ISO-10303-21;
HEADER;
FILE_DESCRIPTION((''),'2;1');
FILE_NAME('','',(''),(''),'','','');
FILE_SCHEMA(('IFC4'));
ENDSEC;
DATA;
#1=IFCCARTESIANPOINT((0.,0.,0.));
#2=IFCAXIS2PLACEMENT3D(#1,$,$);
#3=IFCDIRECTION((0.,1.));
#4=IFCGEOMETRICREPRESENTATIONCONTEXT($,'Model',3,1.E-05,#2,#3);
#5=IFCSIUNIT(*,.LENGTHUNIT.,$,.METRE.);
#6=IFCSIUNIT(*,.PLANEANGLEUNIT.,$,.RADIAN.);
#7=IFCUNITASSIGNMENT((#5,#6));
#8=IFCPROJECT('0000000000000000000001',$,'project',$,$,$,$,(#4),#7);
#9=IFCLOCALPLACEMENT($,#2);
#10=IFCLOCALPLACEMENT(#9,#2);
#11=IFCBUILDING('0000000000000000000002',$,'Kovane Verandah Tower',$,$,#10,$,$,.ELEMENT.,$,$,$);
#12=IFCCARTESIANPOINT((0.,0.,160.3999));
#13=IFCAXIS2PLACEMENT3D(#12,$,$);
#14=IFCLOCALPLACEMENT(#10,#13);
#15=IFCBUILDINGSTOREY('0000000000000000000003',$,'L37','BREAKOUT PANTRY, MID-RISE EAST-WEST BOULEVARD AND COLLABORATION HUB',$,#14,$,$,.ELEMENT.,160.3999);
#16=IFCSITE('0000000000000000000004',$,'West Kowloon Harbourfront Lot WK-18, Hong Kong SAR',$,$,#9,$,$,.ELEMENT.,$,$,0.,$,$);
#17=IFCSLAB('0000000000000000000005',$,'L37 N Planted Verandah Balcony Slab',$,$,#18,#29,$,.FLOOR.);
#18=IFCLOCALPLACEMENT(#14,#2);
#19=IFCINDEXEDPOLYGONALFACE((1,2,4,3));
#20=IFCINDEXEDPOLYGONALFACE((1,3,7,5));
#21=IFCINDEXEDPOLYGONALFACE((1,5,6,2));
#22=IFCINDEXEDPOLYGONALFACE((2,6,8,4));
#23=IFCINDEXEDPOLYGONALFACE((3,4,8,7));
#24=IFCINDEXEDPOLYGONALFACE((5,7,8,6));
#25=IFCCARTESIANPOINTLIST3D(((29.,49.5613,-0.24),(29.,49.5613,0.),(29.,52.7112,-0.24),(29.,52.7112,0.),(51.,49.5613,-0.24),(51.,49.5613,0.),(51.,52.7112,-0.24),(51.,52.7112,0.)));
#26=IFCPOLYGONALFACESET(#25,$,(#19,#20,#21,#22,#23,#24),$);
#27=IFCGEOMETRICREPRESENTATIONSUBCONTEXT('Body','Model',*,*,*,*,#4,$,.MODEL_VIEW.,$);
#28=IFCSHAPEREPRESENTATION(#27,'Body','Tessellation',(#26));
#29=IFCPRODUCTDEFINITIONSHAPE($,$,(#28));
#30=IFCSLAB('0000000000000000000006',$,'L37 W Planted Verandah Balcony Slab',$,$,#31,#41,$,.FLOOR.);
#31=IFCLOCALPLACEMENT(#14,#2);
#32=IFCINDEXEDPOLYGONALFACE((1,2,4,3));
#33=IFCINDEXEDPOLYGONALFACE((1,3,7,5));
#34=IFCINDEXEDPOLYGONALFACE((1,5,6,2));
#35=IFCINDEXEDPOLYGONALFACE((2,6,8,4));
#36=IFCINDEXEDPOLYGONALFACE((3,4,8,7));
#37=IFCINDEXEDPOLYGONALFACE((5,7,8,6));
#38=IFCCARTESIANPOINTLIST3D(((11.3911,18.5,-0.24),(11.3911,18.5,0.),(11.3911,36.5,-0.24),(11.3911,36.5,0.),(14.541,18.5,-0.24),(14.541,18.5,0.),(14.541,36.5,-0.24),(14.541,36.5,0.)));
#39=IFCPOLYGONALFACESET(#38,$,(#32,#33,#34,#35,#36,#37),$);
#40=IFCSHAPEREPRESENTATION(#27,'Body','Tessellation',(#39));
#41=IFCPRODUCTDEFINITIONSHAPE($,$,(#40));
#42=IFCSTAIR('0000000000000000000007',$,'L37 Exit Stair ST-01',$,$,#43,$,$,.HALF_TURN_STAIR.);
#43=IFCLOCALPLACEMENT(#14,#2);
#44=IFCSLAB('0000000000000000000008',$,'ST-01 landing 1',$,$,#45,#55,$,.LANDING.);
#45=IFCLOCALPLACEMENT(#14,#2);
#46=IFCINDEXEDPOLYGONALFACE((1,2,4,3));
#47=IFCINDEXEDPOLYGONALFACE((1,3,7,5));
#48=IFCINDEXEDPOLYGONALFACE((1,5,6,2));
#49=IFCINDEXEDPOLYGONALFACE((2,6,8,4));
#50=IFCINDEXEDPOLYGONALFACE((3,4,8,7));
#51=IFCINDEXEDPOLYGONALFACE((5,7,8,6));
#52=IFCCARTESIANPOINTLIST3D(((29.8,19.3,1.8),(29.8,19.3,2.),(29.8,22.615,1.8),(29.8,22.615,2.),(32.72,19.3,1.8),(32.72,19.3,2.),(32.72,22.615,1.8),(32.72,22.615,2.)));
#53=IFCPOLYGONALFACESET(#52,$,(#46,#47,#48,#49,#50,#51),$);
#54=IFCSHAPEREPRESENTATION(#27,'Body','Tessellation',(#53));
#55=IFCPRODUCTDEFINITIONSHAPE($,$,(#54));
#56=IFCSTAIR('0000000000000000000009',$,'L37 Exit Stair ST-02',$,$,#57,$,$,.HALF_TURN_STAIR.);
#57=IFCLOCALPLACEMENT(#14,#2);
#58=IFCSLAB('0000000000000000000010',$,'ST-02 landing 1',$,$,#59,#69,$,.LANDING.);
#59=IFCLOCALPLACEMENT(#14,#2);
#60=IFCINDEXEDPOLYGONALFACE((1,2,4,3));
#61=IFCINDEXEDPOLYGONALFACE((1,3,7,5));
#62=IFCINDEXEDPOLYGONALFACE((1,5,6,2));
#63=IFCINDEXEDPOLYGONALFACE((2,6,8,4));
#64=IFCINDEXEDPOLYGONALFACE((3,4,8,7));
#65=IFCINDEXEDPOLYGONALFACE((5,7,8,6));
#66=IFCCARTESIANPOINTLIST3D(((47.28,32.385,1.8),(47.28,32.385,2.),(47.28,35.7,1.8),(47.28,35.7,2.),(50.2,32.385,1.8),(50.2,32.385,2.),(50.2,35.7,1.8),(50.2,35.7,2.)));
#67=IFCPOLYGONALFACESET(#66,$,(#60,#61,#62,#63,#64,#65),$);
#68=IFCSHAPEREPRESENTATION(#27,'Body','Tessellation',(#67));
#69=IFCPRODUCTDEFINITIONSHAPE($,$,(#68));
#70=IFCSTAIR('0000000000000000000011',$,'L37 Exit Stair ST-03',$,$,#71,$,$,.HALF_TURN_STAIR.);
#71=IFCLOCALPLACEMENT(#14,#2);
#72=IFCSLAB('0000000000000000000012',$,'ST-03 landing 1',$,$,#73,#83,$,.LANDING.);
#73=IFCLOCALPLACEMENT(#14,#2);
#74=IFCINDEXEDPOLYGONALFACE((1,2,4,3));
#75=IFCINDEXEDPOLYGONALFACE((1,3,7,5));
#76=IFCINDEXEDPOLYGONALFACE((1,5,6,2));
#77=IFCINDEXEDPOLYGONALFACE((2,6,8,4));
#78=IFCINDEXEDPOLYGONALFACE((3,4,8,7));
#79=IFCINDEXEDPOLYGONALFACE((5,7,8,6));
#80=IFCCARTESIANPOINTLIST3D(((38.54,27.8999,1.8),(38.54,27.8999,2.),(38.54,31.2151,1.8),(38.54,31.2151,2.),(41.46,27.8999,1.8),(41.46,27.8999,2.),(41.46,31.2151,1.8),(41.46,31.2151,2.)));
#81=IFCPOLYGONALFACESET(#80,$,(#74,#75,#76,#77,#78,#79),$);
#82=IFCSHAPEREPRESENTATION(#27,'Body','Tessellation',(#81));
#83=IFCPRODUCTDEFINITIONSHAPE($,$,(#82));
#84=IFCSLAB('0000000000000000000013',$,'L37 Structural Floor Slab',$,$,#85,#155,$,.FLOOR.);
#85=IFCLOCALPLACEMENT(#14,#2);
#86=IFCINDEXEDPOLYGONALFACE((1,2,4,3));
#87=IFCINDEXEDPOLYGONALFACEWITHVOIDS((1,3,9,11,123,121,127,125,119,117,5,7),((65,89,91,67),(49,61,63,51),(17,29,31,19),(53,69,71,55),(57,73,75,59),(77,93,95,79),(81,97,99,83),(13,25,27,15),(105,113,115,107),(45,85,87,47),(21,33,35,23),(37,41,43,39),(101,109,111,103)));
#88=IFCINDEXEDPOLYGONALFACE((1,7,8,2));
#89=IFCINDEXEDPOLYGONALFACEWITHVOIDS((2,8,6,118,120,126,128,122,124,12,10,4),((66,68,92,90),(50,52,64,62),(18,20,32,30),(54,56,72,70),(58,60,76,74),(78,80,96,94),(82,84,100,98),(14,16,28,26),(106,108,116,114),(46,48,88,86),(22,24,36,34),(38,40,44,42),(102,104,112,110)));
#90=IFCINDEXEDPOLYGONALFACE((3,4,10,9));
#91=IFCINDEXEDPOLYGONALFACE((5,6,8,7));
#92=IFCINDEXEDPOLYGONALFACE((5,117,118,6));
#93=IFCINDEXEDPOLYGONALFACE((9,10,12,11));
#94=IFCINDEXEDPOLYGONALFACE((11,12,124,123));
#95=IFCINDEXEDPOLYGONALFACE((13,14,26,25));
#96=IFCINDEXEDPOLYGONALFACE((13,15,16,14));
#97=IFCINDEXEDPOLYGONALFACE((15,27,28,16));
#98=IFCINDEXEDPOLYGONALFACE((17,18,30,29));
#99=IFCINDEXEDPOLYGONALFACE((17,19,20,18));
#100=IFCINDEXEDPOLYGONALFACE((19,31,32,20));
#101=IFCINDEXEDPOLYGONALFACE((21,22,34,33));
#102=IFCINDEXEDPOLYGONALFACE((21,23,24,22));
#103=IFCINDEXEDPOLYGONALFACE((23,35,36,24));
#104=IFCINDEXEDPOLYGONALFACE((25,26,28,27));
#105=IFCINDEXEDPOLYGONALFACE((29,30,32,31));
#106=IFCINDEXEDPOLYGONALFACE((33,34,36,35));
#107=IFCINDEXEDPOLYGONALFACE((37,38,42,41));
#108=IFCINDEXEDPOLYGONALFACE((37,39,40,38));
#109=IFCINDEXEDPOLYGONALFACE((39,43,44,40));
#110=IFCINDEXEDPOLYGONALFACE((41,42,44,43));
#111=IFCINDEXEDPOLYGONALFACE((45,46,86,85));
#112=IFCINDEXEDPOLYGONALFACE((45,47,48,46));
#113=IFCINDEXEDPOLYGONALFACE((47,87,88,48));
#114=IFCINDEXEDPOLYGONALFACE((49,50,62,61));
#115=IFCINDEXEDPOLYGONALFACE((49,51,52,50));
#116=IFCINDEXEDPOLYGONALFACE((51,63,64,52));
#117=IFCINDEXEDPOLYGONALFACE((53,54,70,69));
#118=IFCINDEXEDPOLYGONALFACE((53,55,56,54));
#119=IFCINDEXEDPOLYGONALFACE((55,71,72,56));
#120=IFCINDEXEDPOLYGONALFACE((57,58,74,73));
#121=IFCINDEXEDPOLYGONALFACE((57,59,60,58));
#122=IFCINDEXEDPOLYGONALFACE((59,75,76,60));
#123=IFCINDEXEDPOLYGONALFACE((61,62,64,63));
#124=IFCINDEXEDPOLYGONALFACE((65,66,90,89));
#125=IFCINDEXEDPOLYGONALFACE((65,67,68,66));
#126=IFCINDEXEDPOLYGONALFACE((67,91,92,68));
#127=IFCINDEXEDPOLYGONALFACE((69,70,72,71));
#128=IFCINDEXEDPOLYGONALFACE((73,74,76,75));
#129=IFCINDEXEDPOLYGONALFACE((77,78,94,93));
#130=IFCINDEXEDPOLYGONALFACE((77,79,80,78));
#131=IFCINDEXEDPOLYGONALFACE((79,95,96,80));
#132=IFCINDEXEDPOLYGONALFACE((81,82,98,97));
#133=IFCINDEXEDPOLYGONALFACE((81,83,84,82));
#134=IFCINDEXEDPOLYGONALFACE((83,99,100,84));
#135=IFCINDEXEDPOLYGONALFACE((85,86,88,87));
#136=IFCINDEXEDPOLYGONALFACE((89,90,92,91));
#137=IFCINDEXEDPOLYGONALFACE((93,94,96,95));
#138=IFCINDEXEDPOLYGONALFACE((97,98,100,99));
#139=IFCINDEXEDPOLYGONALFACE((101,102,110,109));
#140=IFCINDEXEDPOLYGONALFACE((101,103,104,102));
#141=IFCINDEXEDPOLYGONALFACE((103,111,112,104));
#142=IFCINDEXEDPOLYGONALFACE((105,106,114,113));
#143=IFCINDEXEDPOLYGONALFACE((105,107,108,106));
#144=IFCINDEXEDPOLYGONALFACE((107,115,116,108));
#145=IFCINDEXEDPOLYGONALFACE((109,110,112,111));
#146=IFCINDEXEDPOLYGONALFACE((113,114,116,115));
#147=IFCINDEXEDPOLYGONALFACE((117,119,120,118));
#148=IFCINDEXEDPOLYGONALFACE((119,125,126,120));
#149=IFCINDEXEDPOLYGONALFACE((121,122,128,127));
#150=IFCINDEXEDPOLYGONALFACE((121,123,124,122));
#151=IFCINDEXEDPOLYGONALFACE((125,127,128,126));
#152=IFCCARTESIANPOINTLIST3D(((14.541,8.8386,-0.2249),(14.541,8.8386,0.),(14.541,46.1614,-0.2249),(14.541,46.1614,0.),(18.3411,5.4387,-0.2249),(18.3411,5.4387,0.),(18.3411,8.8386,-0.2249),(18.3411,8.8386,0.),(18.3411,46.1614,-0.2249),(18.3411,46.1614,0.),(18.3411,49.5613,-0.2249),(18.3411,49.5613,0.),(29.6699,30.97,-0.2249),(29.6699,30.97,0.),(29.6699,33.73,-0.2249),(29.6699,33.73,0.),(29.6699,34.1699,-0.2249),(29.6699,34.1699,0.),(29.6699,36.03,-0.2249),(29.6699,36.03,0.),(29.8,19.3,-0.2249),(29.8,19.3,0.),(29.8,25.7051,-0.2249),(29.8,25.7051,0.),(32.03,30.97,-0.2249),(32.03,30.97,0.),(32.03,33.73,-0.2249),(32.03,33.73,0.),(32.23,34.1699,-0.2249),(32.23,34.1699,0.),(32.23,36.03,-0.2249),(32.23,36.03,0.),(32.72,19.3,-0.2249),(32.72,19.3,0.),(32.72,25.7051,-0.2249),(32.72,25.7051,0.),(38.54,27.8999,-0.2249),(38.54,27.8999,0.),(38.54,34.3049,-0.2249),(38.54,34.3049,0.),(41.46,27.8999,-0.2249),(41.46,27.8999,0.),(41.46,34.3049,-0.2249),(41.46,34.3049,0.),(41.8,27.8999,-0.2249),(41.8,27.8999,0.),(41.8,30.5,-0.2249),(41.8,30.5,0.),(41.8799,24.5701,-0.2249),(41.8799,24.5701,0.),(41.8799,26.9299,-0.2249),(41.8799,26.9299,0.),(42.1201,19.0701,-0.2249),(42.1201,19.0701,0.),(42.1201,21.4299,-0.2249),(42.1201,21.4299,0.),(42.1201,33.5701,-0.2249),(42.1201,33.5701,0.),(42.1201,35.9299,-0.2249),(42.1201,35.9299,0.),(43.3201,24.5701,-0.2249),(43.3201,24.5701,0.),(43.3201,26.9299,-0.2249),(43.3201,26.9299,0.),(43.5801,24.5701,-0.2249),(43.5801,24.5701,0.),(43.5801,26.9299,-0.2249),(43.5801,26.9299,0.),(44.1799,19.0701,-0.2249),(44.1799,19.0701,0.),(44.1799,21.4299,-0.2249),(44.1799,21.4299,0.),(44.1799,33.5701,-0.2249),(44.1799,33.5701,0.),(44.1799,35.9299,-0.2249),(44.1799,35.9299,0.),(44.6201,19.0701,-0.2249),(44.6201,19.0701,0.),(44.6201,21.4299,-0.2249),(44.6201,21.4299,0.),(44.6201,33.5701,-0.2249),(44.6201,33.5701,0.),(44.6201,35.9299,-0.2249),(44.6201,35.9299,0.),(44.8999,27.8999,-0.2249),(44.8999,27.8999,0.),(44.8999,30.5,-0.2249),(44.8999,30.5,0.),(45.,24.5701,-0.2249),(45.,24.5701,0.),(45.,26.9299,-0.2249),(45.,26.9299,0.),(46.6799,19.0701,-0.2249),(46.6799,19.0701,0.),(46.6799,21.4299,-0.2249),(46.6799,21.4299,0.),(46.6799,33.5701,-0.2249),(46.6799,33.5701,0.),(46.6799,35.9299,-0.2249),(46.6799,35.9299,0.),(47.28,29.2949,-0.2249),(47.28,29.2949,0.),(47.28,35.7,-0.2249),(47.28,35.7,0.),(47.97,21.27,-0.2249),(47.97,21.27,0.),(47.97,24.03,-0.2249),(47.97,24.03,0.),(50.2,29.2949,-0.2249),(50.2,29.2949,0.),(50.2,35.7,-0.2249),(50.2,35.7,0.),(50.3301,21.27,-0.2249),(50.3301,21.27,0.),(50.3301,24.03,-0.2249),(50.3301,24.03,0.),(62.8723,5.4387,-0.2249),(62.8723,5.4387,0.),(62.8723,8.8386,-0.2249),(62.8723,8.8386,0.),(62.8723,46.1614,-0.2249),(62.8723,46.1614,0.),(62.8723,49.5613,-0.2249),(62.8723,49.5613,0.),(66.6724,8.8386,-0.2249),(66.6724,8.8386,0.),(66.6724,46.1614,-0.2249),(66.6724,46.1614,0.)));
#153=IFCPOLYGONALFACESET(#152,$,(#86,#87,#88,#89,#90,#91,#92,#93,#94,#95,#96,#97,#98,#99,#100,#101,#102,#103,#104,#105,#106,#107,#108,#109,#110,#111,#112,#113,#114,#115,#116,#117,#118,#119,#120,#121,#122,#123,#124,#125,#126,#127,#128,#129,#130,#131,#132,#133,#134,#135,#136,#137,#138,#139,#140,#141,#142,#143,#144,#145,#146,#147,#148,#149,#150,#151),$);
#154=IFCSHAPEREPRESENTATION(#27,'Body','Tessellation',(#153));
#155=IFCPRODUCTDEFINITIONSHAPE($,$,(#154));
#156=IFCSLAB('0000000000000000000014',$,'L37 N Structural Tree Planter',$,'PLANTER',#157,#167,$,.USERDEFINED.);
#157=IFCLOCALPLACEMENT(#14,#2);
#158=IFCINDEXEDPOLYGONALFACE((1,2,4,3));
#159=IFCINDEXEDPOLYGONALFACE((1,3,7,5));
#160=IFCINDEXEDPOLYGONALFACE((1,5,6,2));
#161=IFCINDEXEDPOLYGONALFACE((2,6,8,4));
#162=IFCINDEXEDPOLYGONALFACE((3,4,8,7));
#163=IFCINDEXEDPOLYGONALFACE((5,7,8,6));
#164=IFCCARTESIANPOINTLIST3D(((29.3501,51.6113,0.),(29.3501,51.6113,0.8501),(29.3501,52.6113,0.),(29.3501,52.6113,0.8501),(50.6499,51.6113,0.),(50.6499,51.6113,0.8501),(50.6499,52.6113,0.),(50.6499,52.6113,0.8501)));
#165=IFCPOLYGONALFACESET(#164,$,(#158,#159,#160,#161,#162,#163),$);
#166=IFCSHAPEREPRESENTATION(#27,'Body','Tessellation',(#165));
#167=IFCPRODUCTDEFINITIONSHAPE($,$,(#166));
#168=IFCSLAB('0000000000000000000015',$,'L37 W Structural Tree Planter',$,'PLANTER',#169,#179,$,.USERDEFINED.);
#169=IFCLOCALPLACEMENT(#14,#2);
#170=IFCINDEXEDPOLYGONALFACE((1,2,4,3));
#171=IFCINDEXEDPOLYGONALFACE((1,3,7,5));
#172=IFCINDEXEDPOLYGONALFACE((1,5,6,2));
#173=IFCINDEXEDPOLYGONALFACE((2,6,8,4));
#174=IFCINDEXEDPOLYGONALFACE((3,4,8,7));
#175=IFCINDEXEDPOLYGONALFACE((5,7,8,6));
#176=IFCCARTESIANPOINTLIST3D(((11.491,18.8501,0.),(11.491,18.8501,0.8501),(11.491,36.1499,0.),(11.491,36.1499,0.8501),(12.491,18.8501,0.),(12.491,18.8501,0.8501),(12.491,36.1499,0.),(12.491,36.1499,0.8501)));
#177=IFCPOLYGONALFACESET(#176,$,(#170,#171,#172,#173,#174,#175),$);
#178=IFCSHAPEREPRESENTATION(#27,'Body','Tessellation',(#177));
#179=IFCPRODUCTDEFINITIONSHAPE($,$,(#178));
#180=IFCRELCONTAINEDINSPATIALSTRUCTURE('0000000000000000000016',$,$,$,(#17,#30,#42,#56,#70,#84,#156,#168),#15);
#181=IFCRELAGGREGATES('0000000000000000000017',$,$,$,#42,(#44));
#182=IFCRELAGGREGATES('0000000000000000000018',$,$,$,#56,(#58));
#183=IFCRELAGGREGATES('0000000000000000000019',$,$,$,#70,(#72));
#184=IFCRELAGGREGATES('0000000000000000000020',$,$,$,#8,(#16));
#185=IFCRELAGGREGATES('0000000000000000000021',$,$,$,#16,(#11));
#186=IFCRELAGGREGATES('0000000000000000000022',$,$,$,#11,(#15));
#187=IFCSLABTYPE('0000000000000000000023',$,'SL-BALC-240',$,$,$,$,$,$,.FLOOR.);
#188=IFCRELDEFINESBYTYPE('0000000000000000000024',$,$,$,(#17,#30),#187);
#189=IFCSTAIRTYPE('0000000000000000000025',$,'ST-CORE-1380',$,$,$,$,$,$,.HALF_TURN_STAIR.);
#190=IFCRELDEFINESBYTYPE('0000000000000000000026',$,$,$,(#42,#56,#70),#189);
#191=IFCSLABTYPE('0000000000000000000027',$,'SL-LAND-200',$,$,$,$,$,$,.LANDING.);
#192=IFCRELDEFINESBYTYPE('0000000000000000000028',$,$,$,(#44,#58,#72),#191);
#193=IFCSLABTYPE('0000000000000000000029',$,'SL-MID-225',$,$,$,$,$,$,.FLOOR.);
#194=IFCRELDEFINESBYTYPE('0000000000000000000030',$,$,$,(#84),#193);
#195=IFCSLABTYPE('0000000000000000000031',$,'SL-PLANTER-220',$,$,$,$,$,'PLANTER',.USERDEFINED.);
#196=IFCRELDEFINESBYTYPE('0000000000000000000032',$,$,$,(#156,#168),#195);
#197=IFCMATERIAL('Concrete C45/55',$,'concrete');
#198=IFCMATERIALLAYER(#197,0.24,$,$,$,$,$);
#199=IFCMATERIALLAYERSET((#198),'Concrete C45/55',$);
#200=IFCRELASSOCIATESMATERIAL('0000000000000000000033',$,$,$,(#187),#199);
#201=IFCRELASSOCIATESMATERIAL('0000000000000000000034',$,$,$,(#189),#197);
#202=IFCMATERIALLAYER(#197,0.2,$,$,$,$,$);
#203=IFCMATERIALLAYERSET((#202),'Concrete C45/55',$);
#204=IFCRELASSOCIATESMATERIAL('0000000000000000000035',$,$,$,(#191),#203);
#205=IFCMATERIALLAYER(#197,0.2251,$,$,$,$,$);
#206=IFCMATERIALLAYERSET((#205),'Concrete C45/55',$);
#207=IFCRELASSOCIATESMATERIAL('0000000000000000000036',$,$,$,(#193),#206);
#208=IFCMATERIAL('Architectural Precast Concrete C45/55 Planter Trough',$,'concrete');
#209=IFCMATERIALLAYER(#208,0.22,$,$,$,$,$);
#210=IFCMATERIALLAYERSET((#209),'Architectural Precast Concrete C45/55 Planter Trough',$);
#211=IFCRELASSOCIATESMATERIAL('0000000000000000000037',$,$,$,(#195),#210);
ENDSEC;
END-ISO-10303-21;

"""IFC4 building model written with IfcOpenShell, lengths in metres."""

from ifc_helpers import new_model, si_unit, direction, frame, origin, place, context, subcontext, project, spatial, polyline, outline, extrude, material, layer, layer_set, type_object, element, aggregate, save


model = new_model("IFC4")

# Units and contexts
model_context = context("Model", 3, precision=1e-05, world=origin(), true_north=direction((0.0, 1.0)))
body_context = subcontext(model_context, "Body", "Model", "MODEL_VIEW")
ifc_project = project(units=[si_unit("LENGTHUNIT", "METRE"), si_unit("PLANEANGLEUNIT", "RADIAN")], contexts=[model_context])

# Site, building, storey
site_placement = place(None, origin())
site = spatial("IfcSite", under=ifc_project, at=site_placement, Name="West Kowloon Harbourfront Lot WK-18, Hong Kong SAR", CompositionType="ELEMENT", RefElevation=0.0)
building_placement = place(site_placement, origin())
building = spatial("IfcBuilding", under=site, at=building_placement, Name="Kovane Verandah Tower", CompositionType="ELEMENT")
storey_placement = place(building_placement, frame((0.0, 0.0, 160.3999)))
storey = spatial("IfcBuildingStorey", under=building, at=storey_placement, Name="L37", Description="BREAKOUT PANTRY, MID-RISE EAST-WEST BOULEVARD AND COLLABORATION HUB", CompositionType="ELEMENT", Elevation=160.3999)

# Slabs
ifc_material_1 = material(Name="Concrete C45/55", Category="concrete")
ifc_layer_1 = layer(ifc_material_1, 0.24)
ifc_layer_set_1 = layer_set([ifc_layer_1], Name="Concrete C45/55")
slab_type_1 = type_object("IfcSlabType", Name="SL-BALC-240", PredefinedType="FLOOR", material=ifc_layer_set_1)
slab_1_placement = place(storey_placement, frame((0.0, 0.0, -0.24)))
element("IfcSlab", 1, at=slab_1_placement, inside=storey, type_object=slab_type_1, Name="L37 N Planted Verandah Balcony Slab", PredefinedType="FLOOR", context=body_context, shape_type="SweptSolid", body=[
    extrude(outline(polyline([(29.0, 49.5613), (51.0, 49.5613), (51.0, 52.7112), (29.0, 52.7112), (29.0, 49.5613)])), origin(), (0.0, 0.0, 1.0), 0.24),
])
slab_2_placement = place(storey_placement, frame((0.0, 0.0, -0.24)))
element("IfcSlab", 2, at=slab_2_placement, inside=storey, type_object=slab_type_1, Name="L37 W Planted Verandah Balcony Slab", PredefinedType="FLOOR", context=body_context, shape_type="SweptSolid", body=[
    extrude(outline(polyline([(11.3911, 18.5), (14.541, 18.5), (14.541, 36.5), (11.3911, 36.5), (11.3911, 18.5)])), origin(), (0.0, 0.0, 1.0), 0.24),
])

# Stairs, slabs
stair_type = type_object("IfcStairType", Name="ST-CORE-1380", PredefinedType="HALF_TURN_STAIR", material=ifc_material_1)
stair_1_placement = place(storey_placement, origin())
stair_1 = element("IfcStair", 3, at=stair_1_placement, inside=storey, type_object=stair_type, Name="L37 Exit Stair ST-01", PredefinedType="HALF_TURN_STAIR")
ifc_layer_2 = layer(ifc_material_1, 0.2)
ifc_layer_set_2 = layer_set([ifc_layer_2], Name="Concrete C45/55")
slab_type_2 = type_object("IfcSlabType", Name="SL-LAND-200", PredefinedType="LANDING", material=ifc_layer_set_2)
slab_3_placement = place(storey_placement, frame((0.0, 0.0, 1.8)))
slab_3 = element("IfcSlab", 4, at=slab_3_placement, type_object=slab_type_2, Name="ST-01 landing 1", PredefinedType="LANDING", context=body_context, shape_type="SweptSolid", body=[
    extrude(outline(polyline([(29.8, 22.615), (29.8, 19.3), (32.72, 19.3), (32.72, 22.615), (29.8, 22.615)])), origin(), (0.0, 0.0, 1.0), 0.2),
])
aggregate(stair_1, [slab_3])
stair_2_placement = place(storey_placement, origin())
stair_2 = element("IfcStair", 5, at=stair_2_placement, inside=storey, type_object=stair_type, Name="L37 Exit Stair ST-02", PredefinedType="HALF_TURN_STAIR")
slab_4_placement = place(storey_placement, frame((0.0, 0.0, 1.8)))
slab_4 = element("IfcSlab", 6, at=slab_4_placement, type_object=slab_type_2, Name="ST-02 landing 1", PredefinedType="LANDING", context=body_context, shape_type="SweptSolid", body=[
    extrude(outline(polyline([(50.2, 32.385), (50.2, 35.7), (47.28, 35.7), (47.28, 32.385), (50.2, 32.385)])), origin(), (0.0, 0.0, 1.0), 0.2),
])
aggregate(stair_2, [slab_4])
stair_3_placement = place(storey_placement, origin())
stair_3 = element("IfcStair", 7, at=stair_3_placement, inside=storey, type_object=stair_type, Name="L37 Exit Stair ST-03", PredefinedType="HALF_TURN_STAIR")
slab_5_placement = place(storey_placement, frame((0.0, 0.0, 1.8)))
slab_5 = element("IfcSlab", 8, at=slab_5_placement, type_object=slab_type_2, Name="ST-03 landing 1", PredefinedType="LANDING", context=body_context, shape_type="SweptSolid", body=[
    extrude(outline(polyline([(38.54, 31.2151), (38.54, 27.8999), (41.46, 27.8999), (41.46, 31.2151), (38.54, 31.2151)])), origin(), (0.0, 0.0, 1.0), 0.2),
])
aggregate(stair_3, [slab_5])

# Slabs
ifc_layer_3 = layer(ifc_material_1, 0.2251)
ifc_layer_set_3 = layer_set([ifc_layer_3], Name="Concrete C45/55")
slab_type_3 = type_object("IfcSlabType", Name="SL-MID-225", PredefinedType="FLOOR", material=ifc_layer_set_3)
slab_6_placement = place(storey_placement, frame((0.0, 0.0, -0.2249)))
element("IfcSlab", 9, at=slab_6_placement, inside=storey, type_object=slab_type_3, Name="L37 Structural Floor Slab", PredefinedType="FLOOR", context=body_context, shape_type="SweptSolid", body=[
    extrude(outline(polyline([(18.3411, 5.4387), (62.8723, 5.4387), (62.8723, 8.8386), (66.6724, 8.8386), (66.6724, 46.1614), (62.8723, 46.1614), (62.8723, 49.5613), (18.3411, 49.5613), (18.3411, 46.1614), (14.541, 46.1614), (14.541, 8.8386), (18.3411, 8.8386), (18.3411, 5.4387)]), holes=[polyline([(29.8, 19.3), (32.72, 19.3), (32.72, 25.7051), (29.8, 25.7051), (29.8, 19.3)]), polyline([(47.28, 29.2949), (50.2, 29.2949), (50.2, 35.7), (47.28, 35.7), (47.28, 29.2949)]), polyline([(38.54, 27.8999), (41.46, 27.8999), (41.46, 34.3049), (38.54, 34.3049), (38.54, 27.8999)]), polyline([(29.6699, 30.97), (32.03, 30.97), (32.03, 33.73), (29.6699, 33.73), (29.6699, 30.97)]), polyline([(47.97, 21.27), (50.3301, 21.27), (50.3301, 24.03), (47.97, 24.03), (47.97, 21.27)]), polyline([(29.6699, 34.1699), (32.23, 34.1699), (32.23, 36.03), (29.6699, 36.03), (29.6699, 34.1699)]), polyline([(42.1201, 19.0701), (44.1799, 19.0701), (44.1799, 21.4299), (42.1201, 21.4299), (42.1201, 19.0701)]), polyline([(44.6201, 19.0701), (46.6799, 19.0701), (46.6799, 21.4299), (44.6201, 21.4299), (44.6201, 19.0701)]), polyline([(41.8799, 24.5701), (43.3201, 24.5701), (43.3201, 26.9299), (41.8799, 26.9299), (41.8799, 24.5701)]), polyline([(43.5801, 24.5701), (45.0, 24.5701), (45.0, 26.9299), (43.5801, 26.9299), (43.5801, 24.5701)]), polyline([(42.1201, 33.5701), (44.1799, 33.5701), (44.1799, 35.9299), (42.1201, 35.9299), (42.1201, 33.5701)]), polyline([(44.6201, 33.5701), (46.6799, 33.5701), (46.6799, 35.9299), (44.6201, 35.9299), (44.6201, 33.5701)]), polyline([(41.8, 27.8999), (44.8999, 27.8999), (44.8999, 30.5), (41.8, 30.5), (41.8, 27.8999)])]), origin(), (0.0, 0.0, 1.0), 0.2249),
])
ifc_material_2 = material(Name="Architectural Precast Concrete C45/55 Planter Trough", Category="concrete")
ifc_layer_4 = layer(ifc_material_2, 0.22)
ifc_layer_set_4 = layer_set([ifc_layer_4], Name="Architectural Precast Concrete C45/55 Planter Trough")
slab_type_4 = type_object("IfcSlabType", Name="SL-PLANTER-220", ElementType="PLANTER", PredefinedType="USERDEFINED", material=ifc_layer_set_4)
slab_7_placement = place(storey_placement, origin())
element("IfcSlab", 10, at=slab_7_placement, inside=storey, type_object=slab_type_4, Name="L37 N Structural Tree Planter", ObjectType="PLANTER", PredefinedType="USERDEFINED", context=body_context, shape_type="SweptSolid", body=[
    extrude(outline(polyline([(29.3501, 51.6113), (50.6499, 51.6113), (50.6499, 52.6113), (29.3501, 52.6113), (29.3501, 51.6113)])), origin(), (0.0, 0.0, 1.0), 0.8501),
])
slab_8_placement = place(storey_placement, origin())
element("IfcSlab", 11, at=slab_8_placement, inside=storey, type_object=slab_type_4, Name="L37 W Structural Tree Planter", ObjectType="PLANTER", PredefinedType="USERDEFINED", context=body_context, shape_type="SweptSolid", body=[
    extrude(outline(polyline([(11.491, 18.8501), (12.491, 18.8501), (12.491, 36.1499), (11.491, 36.1499), (11.491, 18.8501)])), origin(), (0.0, 0.0, 1.0), 0.8501),
])

save(model, "model.ifc")
